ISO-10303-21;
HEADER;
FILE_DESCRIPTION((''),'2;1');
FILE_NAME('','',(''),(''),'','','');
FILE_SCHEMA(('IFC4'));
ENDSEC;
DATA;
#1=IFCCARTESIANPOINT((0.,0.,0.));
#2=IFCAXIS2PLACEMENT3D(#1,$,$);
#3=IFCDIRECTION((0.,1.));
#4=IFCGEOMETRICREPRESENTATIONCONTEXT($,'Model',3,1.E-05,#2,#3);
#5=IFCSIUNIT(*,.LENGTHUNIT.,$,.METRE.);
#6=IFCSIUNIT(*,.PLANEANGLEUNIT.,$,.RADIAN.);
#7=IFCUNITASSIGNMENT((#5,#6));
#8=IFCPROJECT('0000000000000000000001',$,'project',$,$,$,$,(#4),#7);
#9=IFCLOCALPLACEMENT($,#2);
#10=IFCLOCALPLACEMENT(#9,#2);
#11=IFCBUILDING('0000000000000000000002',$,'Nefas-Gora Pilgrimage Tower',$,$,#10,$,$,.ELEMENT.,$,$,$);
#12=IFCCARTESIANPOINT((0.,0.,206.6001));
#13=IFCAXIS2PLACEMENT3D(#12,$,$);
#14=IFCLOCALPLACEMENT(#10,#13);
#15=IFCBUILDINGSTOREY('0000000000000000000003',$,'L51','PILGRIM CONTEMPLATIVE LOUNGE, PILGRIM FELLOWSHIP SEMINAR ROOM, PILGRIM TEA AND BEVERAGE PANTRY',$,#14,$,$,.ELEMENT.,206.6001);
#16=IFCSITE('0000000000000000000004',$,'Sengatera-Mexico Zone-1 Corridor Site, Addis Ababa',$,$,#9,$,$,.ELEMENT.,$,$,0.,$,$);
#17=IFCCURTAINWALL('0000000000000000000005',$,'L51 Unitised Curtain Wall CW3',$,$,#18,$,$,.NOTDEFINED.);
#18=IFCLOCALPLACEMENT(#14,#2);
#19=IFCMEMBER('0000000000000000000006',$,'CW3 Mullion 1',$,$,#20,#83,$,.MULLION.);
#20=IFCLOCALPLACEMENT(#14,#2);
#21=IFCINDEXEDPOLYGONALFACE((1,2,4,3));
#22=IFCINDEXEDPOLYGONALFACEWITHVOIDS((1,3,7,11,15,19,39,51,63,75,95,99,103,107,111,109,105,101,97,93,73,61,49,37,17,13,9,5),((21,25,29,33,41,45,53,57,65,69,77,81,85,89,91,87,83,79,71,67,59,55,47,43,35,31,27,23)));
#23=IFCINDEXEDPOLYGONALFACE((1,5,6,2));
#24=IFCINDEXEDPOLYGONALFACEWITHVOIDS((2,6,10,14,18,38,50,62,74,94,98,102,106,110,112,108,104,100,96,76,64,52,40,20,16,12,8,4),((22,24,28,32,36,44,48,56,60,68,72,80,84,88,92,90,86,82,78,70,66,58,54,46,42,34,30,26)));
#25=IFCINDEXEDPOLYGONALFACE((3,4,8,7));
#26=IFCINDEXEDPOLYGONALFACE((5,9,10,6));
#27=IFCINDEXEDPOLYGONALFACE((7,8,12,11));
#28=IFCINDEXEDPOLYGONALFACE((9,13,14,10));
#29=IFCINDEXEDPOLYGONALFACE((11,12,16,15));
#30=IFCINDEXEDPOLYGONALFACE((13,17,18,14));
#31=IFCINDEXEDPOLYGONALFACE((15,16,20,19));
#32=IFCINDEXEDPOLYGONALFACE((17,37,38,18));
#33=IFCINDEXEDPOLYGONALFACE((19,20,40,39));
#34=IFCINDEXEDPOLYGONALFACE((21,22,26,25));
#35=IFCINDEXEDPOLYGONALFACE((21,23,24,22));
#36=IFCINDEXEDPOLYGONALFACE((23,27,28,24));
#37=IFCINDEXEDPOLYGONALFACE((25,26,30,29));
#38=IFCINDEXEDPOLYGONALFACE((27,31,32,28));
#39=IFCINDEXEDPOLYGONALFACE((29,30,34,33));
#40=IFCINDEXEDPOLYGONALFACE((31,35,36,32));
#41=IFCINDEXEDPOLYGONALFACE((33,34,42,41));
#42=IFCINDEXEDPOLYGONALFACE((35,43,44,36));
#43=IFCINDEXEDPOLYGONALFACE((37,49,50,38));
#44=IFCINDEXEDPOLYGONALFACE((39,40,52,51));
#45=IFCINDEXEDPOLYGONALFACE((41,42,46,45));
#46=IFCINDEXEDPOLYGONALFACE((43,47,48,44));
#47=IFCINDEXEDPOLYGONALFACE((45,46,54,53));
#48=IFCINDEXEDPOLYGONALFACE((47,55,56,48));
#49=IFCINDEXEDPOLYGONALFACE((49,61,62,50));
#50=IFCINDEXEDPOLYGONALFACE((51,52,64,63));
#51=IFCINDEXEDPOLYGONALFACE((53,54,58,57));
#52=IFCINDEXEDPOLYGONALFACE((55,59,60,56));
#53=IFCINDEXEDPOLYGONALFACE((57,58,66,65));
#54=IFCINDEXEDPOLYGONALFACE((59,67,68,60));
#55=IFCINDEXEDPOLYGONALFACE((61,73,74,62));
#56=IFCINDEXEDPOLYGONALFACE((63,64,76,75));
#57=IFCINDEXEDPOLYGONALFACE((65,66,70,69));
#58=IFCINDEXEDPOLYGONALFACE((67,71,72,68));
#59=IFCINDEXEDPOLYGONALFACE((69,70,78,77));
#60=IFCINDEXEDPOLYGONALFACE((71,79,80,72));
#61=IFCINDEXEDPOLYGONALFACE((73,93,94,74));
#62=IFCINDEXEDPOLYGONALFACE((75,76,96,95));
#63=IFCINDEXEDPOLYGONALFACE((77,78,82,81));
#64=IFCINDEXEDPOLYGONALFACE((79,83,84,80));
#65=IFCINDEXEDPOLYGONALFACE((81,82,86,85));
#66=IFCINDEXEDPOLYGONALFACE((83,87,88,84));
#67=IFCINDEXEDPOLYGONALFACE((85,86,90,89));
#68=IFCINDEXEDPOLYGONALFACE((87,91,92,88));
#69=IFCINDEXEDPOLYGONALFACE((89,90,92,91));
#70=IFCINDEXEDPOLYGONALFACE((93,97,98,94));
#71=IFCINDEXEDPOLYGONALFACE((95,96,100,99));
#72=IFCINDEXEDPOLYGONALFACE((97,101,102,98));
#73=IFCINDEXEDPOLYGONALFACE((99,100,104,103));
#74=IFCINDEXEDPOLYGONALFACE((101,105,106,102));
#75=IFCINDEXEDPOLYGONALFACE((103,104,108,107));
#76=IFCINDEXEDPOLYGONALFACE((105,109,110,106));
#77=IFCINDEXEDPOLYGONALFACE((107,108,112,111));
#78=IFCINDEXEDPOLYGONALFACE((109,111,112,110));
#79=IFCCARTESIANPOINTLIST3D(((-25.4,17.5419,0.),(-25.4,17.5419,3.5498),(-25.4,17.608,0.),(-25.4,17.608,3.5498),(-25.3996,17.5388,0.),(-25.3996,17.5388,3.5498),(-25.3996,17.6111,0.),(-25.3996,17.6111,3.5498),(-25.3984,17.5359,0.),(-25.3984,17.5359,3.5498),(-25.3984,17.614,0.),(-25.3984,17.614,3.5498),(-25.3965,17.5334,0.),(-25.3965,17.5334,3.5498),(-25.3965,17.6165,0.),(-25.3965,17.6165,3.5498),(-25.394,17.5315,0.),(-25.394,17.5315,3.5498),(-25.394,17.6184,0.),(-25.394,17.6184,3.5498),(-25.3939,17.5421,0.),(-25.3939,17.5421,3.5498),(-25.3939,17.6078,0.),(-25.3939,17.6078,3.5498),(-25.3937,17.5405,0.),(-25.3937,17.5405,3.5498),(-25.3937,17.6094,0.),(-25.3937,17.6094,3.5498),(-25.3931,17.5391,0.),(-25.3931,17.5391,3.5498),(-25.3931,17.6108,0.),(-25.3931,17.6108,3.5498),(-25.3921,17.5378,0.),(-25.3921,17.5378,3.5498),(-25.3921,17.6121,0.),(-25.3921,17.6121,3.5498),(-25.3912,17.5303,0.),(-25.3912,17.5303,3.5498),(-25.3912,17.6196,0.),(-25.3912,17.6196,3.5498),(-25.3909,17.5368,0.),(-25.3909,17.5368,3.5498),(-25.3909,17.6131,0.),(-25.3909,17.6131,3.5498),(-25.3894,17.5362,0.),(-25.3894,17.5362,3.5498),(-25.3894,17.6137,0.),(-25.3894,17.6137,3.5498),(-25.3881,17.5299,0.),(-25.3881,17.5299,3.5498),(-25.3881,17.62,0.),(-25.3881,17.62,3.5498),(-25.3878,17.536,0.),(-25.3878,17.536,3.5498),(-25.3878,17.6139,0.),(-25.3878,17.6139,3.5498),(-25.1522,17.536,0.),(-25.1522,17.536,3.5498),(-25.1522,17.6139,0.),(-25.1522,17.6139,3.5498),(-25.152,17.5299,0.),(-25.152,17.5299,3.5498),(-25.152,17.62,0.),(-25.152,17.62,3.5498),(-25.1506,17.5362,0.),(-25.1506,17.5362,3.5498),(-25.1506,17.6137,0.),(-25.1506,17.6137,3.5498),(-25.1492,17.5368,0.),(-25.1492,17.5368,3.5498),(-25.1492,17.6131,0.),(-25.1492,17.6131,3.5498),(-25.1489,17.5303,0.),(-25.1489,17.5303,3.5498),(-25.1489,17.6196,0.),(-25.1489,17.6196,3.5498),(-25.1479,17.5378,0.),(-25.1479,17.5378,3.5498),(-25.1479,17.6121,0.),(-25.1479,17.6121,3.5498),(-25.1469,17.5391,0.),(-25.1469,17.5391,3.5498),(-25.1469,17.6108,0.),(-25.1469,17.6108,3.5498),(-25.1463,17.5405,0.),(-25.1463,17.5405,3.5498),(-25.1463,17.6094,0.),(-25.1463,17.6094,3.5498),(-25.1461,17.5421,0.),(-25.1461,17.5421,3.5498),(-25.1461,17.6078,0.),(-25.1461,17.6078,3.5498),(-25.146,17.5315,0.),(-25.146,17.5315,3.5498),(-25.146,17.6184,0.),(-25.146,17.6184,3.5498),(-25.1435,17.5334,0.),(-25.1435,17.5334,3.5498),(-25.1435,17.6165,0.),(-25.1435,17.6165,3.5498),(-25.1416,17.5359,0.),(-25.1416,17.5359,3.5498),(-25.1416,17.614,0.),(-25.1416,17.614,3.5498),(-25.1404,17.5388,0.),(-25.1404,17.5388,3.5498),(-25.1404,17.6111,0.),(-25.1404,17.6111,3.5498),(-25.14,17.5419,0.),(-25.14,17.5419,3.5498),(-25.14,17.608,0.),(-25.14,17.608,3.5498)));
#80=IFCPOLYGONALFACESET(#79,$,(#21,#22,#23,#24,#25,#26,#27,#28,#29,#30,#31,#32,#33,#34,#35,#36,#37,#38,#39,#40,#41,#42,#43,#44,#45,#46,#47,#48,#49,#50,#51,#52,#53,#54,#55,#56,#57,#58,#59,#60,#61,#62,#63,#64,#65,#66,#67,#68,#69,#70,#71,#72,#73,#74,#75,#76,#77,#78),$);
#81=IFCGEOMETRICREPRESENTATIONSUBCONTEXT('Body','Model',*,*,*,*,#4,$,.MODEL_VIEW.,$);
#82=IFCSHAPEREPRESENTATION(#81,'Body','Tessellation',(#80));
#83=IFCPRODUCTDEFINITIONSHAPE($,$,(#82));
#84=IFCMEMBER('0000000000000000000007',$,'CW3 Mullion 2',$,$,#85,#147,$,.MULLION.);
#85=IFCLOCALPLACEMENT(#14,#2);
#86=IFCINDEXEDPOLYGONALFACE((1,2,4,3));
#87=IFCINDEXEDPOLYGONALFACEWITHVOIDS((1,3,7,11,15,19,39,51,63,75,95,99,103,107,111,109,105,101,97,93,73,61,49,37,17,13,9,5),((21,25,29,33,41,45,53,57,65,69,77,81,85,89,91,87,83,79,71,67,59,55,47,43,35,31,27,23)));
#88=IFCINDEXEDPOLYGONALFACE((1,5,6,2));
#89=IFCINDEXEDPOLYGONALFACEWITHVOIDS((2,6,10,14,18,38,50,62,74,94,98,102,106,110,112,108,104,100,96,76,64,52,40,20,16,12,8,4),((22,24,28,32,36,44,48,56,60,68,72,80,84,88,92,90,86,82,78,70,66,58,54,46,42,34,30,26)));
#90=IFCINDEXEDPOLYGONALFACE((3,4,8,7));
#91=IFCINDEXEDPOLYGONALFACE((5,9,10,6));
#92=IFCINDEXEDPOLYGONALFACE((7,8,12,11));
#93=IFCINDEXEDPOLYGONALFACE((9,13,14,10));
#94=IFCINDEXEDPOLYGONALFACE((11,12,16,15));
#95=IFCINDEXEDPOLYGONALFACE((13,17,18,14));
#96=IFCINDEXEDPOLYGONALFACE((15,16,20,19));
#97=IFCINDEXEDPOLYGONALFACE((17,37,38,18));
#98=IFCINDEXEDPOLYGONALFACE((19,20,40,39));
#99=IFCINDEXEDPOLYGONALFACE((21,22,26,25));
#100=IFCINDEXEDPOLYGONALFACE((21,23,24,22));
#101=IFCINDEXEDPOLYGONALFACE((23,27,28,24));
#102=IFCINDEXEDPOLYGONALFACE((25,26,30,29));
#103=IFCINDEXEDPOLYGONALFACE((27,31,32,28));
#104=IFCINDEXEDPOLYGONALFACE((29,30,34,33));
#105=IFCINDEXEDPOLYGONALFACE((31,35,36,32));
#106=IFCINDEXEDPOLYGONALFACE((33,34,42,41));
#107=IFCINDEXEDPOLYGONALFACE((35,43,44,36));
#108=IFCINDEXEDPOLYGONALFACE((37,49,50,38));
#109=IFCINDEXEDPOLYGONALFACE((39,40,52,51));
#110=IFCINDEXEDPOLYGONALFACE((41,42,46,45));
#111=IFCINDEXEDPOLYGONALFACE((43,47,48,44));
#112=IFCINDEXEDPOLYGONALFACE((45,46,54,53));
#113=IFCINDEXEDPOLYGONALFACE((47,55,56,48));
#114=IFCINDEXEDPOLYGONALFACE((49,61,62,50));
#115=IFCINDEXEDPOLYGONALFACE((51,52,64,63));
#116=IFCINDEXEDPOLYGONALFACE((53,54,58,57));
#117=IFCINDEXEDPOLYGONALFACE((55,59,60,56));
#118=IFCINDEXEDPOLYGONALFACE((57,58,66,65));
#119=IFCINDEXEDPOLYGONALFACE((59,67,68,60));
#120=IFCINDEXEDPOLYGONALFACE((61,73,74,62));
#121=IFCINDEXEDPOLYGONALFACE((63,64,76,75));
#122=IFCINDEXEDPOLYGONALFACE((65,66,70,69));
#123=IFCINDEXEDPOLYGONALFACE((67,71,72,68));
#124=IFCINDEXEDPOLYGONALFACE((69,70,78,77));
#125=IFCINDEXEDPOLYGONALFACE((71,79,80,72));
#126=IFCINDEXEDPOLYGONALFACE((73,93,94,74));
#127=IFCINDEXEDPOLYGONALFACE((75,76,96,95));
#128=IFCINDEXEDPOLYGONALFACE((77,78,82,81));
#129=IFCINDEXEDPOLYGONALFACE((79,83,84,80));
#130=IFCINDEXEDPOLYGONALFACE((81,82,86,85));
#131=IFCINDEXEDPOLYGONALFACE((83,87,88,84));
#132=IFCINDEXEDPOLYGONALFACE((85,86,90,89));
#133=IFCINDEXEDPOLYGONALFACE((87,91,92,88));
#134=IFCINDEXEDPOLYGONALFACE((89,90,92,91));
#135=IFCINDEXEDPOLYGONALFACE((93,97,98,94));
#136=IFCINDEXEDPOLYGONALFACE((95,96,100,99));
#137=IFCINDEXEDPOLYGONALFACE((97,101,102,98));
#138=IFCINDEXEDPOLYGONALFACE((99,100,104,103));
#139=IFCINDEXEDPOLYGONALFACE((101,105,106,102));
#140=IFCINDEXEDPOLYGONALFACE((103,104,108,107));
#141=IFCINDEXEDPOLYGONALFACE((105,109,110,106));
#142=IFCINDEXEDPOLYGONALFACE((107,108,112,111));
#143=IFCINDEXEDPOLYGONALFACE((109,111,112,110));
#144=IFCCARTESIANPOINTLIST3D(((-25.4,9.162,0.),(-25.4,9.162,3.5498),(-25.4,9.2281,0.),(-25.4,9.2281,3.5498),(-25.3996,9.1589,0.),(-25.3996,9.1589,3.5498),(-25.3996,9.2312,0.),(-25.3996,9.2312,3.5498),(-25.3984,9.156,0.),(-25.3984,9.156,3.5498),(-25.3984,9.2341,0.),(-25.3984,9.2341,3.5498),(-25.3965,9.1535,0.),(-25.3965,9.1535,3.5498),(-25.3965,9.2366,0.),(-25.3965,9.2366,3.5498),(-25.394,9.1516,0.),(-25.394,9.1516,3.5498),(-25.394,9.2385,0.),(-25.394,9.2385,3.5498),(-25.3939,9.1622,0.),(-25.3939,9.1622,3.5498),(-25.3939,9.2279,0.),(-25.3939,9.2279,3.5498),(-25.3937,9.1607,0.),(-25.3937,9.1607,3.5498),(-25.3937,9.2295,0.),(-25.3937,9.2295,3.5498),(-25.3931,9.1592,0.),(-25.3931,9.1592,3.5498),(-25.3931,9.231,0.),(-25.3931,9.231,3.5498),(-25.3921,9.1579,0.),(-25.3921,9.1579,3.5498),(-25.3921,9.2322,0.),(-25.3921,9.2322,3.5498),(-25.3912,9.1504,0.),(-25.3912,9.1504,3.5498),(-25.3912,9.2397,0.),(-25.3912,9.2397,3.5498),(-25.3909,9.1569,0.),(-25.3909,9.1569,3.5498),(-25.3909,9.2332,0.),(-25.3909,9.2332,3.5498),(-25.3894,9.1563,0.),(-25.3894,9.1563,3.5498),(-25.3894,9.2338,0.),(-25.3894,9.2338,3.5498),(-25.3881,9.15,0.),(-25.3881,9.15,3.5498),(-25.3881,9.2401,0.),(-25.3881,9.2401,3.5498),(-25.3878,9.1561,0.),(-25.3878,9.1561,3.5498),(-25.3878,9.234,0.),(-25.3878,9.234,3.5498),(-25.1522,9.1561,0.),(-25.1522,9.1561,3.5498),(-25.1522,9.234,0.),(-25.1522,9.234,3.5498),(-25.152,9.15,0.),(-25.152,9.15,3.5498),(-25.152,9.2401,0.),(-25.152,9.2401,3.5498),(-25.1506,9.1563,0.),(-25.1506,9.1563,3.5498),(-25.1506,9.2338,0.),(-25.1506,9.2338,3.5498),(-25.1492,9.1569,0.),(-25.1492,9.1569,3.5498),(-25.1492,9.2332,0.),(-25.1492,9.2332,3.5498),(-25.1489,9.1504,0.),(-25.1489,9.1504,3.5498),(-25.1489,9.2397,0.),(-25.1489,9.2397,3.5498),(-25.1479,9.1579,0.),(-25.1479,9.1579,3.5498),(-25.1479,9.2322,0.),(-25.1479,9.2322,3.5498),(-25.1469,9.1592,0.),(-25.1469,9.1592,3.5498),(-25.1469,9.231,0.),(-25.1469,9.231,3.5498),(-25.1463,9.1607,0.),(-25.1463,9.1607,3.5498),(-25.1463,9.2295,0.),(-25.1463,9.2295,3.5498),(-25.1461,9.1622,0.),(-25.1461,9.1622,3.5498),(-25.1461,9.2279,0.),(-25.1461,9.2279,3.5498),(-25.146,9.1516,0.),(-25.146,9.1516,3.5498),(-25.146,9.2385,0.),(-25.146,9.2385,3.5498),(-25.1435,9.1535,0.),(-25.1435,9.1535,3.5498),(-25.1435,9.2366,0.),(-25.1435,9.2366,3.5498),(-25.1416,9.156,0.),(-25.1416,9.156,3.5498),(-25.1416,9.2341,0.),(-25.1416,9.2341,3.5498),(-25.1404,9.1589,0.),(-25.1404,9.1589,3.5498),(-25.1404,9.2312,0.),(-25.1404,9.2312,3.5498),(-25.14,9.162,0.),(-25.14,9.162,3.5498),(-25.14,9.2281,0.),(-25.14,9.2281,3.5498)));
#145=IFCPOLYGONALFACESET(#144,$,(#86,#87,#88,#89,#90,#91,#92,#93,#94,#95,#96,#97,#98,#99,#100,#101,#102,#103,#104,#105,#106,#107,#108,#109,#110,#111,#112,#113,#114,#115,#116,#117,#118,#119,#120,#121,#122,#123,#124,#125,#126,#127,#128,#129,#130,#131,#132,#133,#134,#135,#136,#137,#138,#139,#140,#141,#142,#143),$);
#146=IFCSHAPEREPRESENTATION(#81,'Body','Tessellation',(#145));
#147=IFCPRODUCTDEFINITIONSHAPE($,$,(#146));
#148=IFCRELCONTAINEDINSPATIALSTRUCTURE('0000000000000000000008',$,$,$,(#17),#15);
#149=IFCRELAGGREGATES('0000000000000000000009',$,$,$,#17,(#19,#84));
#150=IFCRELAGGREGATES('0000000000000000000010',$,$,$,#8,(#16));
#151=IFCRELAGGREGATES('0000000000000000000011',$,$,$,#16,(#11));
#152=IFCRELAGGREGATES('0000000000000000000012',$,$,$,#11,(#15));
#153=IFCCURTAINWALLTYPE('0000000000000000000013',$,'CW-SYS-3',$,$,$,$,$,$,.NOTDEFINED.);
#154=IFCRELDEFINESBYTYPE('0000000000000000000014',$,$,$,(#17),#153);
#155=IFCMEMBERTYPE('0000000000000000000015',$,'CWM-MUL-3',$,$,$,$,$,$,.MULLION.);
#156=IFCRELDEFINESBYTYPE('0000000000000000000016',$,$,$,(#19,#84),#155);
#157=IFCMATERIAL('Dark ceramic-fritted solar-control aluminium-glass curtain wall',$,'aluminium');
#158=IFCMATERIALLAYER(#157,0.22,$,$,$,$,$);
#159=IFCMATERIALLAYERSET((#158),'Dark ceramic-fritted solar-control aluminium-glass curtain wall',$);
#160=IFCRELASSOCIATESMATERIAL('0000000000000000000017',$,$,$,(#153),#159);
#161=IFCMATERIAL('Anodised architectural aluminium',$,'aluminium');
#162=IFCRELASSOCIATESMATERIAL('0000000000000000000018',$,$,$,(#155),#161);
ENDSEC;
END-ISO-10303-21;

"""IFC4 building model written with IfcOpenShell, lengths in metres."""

from ifc_helpers import new_model, si_unit, direction, frame, origin, origin_2d, place, context, subcontext, project, spatial, hollow_rectangle, extrude, source, transform, mapped, material, layer, layer_set, material_profile, profile_set, type_object, element, aggregate, save


model = new_model("IFC4")

# Units and contexts
model_context = context("Model", 3, precision=1e-05, world=origin(), true_north=direction((0.0, 1.0)))
body_context = subcontext(model_context, "Body", "Model", "MODEL_VIEW")
ifc_project = project(units=[si_unit("LENGTHUNIT", "METRE"), si_unit("PLANEANGLEUNIT", "RADIAN")], contexts=[model_context])

# Site, building, storey
site_placement = place(None, origin())
site = spatial("IfcSite", under=ifc_project, at=site_placement, Name="Sengatera-Mexico Zone-1 Corridor Site, Addis Ababa", CompositionType="ELEMENT", RefElevation=0.0)
building_placement = place(site_placement, origin())
building = spatial("IfcBuilding", under=site, at=building_placement, Name="Nefas-Gora Pilgrimage Tower", CompositionType="ELEMENT")
storey_placement = place(building_placement, frame((0.0, 0.0, 206.6001)))
storey = spatial("IfcBuildingStorey", under=building, at=storey_placement, Name="L51", Description="PILGRIM CONTEMPLATIVE LOUNGE, PILGRIM FELLOWSHIP SEMINAR ROOM, PILGRIM TEA AND BEVERAGE PANTRY", CompositionType="ELEMENT", Elevation=206.6001)

# Curtain wall
ifc_material_1 = material(Name="Dark ceramic-fritted solar-control aluminium-glass curtain wall", Category="aluminium")
ifc_material_2 = material(Name="Anodised architectural aluminium", Category="aluminium")
ifc_layer_1 = layer(ifc_material_1, 0.22)
ifc_layer_set_1 = layer_set([ifc_layer_1], Name="Dark ceramic-fritted solar-control aluminium-glass curtain wall")
curtain_wall_type_1 = type_object("IfcCurtainWallType", Name="CW-SYS-3", PredefinedType="NOTDEFINED", material=ifc_layer_set_1)
curtain_wall_1_placement = place(storey_placement, origin())
curtain_wall_1 = element("IfcCurtainWall", 1, at=curtain_wall_1_placement, inside=storey, type_object=curtain_wall_type_1, Name="L51 Unitised Curtain Wall CW3", PredefinedType="NOTDEFINED")

# Shared definitions
ifc_material_profile_1 = material_profile(ifc_material_2, hollow_rectangle(XDim=0.0901, YDim=0.26, WallThickness=0.0061, InnerFilletRadius=0.0061, OuterFilletRadius=0.012, at=origin_2d()), Name="ALU MULLION 90x260")
ifc_profile_set_1 = profile_set([ifc_material_profile_1], Name="Anodised architectural aluminium")
member_type_1 = type_object("IfcMemberType", Name="CWM-MUL-3", PredefinedType="MULLION", material=ifc_profile_set_1)
shared_shape_1 = source(origin(), body_context, "Body", "SweptSolid", [
    extrude(hollow_rectangle(XDim=0.0901, YDim=0.26, WallThickness=0.0061, InnerFilletRadius=0.0061, OuterFilletRadius=0.012, at=origin_2d()), origin(), (0.0, 0.0, 1.0), 3.5498),
])

# Members
member_1_placement = place(storey_placement, frame((-25.27, 17.575, 0.0), z_axis=(0.0, 0.0, 1.0), x_axis=(0.0, -1.0, 0.0)))
member_1 = element("IfcMember", 2, at=member_1_placement, type_object=member_type_1, Name="CW3 Mullion 1", PredefinedType="MULLION", context=body_context, shape_type="MappedRepresentation", body=[
    mapped(shared_shape_1, transform((0.0, 0.0, 0.0), x_axis=(1.0, 0.0, 0.0), y_axis=(0.0, 1.0, 0.0), z_axis=(0.0, 0.0, 1.0), scale=1.0)),
])
member_2_placement = place(storey_placement, frame((-25.27, 9.1951, 0.0), z_axis=(0.0, 0.0, 1.0), x_axis=(0.0, -1.0, 0.0)))
member_2 = element("IfcMember", 3, at=member_2_placement, type_object=member_type_1, Name="CW3 Mullion 2", PredefinedType="MULLION", context=body_context, shape_type="MappedRepresentation", body=[
    mapped(shared_shape_1, transform((0.0, 0.0, 0.0), x_axis=(1.0, 0.0, 0.0), y_axis=(0.0, 1.0, 0.0), z_axis=(0.0, 0.0, 1.0), scale=1.0)),
])

aggregate(curtain_wall_1, [member_1, member_2])

save(model, "model.ifc")
